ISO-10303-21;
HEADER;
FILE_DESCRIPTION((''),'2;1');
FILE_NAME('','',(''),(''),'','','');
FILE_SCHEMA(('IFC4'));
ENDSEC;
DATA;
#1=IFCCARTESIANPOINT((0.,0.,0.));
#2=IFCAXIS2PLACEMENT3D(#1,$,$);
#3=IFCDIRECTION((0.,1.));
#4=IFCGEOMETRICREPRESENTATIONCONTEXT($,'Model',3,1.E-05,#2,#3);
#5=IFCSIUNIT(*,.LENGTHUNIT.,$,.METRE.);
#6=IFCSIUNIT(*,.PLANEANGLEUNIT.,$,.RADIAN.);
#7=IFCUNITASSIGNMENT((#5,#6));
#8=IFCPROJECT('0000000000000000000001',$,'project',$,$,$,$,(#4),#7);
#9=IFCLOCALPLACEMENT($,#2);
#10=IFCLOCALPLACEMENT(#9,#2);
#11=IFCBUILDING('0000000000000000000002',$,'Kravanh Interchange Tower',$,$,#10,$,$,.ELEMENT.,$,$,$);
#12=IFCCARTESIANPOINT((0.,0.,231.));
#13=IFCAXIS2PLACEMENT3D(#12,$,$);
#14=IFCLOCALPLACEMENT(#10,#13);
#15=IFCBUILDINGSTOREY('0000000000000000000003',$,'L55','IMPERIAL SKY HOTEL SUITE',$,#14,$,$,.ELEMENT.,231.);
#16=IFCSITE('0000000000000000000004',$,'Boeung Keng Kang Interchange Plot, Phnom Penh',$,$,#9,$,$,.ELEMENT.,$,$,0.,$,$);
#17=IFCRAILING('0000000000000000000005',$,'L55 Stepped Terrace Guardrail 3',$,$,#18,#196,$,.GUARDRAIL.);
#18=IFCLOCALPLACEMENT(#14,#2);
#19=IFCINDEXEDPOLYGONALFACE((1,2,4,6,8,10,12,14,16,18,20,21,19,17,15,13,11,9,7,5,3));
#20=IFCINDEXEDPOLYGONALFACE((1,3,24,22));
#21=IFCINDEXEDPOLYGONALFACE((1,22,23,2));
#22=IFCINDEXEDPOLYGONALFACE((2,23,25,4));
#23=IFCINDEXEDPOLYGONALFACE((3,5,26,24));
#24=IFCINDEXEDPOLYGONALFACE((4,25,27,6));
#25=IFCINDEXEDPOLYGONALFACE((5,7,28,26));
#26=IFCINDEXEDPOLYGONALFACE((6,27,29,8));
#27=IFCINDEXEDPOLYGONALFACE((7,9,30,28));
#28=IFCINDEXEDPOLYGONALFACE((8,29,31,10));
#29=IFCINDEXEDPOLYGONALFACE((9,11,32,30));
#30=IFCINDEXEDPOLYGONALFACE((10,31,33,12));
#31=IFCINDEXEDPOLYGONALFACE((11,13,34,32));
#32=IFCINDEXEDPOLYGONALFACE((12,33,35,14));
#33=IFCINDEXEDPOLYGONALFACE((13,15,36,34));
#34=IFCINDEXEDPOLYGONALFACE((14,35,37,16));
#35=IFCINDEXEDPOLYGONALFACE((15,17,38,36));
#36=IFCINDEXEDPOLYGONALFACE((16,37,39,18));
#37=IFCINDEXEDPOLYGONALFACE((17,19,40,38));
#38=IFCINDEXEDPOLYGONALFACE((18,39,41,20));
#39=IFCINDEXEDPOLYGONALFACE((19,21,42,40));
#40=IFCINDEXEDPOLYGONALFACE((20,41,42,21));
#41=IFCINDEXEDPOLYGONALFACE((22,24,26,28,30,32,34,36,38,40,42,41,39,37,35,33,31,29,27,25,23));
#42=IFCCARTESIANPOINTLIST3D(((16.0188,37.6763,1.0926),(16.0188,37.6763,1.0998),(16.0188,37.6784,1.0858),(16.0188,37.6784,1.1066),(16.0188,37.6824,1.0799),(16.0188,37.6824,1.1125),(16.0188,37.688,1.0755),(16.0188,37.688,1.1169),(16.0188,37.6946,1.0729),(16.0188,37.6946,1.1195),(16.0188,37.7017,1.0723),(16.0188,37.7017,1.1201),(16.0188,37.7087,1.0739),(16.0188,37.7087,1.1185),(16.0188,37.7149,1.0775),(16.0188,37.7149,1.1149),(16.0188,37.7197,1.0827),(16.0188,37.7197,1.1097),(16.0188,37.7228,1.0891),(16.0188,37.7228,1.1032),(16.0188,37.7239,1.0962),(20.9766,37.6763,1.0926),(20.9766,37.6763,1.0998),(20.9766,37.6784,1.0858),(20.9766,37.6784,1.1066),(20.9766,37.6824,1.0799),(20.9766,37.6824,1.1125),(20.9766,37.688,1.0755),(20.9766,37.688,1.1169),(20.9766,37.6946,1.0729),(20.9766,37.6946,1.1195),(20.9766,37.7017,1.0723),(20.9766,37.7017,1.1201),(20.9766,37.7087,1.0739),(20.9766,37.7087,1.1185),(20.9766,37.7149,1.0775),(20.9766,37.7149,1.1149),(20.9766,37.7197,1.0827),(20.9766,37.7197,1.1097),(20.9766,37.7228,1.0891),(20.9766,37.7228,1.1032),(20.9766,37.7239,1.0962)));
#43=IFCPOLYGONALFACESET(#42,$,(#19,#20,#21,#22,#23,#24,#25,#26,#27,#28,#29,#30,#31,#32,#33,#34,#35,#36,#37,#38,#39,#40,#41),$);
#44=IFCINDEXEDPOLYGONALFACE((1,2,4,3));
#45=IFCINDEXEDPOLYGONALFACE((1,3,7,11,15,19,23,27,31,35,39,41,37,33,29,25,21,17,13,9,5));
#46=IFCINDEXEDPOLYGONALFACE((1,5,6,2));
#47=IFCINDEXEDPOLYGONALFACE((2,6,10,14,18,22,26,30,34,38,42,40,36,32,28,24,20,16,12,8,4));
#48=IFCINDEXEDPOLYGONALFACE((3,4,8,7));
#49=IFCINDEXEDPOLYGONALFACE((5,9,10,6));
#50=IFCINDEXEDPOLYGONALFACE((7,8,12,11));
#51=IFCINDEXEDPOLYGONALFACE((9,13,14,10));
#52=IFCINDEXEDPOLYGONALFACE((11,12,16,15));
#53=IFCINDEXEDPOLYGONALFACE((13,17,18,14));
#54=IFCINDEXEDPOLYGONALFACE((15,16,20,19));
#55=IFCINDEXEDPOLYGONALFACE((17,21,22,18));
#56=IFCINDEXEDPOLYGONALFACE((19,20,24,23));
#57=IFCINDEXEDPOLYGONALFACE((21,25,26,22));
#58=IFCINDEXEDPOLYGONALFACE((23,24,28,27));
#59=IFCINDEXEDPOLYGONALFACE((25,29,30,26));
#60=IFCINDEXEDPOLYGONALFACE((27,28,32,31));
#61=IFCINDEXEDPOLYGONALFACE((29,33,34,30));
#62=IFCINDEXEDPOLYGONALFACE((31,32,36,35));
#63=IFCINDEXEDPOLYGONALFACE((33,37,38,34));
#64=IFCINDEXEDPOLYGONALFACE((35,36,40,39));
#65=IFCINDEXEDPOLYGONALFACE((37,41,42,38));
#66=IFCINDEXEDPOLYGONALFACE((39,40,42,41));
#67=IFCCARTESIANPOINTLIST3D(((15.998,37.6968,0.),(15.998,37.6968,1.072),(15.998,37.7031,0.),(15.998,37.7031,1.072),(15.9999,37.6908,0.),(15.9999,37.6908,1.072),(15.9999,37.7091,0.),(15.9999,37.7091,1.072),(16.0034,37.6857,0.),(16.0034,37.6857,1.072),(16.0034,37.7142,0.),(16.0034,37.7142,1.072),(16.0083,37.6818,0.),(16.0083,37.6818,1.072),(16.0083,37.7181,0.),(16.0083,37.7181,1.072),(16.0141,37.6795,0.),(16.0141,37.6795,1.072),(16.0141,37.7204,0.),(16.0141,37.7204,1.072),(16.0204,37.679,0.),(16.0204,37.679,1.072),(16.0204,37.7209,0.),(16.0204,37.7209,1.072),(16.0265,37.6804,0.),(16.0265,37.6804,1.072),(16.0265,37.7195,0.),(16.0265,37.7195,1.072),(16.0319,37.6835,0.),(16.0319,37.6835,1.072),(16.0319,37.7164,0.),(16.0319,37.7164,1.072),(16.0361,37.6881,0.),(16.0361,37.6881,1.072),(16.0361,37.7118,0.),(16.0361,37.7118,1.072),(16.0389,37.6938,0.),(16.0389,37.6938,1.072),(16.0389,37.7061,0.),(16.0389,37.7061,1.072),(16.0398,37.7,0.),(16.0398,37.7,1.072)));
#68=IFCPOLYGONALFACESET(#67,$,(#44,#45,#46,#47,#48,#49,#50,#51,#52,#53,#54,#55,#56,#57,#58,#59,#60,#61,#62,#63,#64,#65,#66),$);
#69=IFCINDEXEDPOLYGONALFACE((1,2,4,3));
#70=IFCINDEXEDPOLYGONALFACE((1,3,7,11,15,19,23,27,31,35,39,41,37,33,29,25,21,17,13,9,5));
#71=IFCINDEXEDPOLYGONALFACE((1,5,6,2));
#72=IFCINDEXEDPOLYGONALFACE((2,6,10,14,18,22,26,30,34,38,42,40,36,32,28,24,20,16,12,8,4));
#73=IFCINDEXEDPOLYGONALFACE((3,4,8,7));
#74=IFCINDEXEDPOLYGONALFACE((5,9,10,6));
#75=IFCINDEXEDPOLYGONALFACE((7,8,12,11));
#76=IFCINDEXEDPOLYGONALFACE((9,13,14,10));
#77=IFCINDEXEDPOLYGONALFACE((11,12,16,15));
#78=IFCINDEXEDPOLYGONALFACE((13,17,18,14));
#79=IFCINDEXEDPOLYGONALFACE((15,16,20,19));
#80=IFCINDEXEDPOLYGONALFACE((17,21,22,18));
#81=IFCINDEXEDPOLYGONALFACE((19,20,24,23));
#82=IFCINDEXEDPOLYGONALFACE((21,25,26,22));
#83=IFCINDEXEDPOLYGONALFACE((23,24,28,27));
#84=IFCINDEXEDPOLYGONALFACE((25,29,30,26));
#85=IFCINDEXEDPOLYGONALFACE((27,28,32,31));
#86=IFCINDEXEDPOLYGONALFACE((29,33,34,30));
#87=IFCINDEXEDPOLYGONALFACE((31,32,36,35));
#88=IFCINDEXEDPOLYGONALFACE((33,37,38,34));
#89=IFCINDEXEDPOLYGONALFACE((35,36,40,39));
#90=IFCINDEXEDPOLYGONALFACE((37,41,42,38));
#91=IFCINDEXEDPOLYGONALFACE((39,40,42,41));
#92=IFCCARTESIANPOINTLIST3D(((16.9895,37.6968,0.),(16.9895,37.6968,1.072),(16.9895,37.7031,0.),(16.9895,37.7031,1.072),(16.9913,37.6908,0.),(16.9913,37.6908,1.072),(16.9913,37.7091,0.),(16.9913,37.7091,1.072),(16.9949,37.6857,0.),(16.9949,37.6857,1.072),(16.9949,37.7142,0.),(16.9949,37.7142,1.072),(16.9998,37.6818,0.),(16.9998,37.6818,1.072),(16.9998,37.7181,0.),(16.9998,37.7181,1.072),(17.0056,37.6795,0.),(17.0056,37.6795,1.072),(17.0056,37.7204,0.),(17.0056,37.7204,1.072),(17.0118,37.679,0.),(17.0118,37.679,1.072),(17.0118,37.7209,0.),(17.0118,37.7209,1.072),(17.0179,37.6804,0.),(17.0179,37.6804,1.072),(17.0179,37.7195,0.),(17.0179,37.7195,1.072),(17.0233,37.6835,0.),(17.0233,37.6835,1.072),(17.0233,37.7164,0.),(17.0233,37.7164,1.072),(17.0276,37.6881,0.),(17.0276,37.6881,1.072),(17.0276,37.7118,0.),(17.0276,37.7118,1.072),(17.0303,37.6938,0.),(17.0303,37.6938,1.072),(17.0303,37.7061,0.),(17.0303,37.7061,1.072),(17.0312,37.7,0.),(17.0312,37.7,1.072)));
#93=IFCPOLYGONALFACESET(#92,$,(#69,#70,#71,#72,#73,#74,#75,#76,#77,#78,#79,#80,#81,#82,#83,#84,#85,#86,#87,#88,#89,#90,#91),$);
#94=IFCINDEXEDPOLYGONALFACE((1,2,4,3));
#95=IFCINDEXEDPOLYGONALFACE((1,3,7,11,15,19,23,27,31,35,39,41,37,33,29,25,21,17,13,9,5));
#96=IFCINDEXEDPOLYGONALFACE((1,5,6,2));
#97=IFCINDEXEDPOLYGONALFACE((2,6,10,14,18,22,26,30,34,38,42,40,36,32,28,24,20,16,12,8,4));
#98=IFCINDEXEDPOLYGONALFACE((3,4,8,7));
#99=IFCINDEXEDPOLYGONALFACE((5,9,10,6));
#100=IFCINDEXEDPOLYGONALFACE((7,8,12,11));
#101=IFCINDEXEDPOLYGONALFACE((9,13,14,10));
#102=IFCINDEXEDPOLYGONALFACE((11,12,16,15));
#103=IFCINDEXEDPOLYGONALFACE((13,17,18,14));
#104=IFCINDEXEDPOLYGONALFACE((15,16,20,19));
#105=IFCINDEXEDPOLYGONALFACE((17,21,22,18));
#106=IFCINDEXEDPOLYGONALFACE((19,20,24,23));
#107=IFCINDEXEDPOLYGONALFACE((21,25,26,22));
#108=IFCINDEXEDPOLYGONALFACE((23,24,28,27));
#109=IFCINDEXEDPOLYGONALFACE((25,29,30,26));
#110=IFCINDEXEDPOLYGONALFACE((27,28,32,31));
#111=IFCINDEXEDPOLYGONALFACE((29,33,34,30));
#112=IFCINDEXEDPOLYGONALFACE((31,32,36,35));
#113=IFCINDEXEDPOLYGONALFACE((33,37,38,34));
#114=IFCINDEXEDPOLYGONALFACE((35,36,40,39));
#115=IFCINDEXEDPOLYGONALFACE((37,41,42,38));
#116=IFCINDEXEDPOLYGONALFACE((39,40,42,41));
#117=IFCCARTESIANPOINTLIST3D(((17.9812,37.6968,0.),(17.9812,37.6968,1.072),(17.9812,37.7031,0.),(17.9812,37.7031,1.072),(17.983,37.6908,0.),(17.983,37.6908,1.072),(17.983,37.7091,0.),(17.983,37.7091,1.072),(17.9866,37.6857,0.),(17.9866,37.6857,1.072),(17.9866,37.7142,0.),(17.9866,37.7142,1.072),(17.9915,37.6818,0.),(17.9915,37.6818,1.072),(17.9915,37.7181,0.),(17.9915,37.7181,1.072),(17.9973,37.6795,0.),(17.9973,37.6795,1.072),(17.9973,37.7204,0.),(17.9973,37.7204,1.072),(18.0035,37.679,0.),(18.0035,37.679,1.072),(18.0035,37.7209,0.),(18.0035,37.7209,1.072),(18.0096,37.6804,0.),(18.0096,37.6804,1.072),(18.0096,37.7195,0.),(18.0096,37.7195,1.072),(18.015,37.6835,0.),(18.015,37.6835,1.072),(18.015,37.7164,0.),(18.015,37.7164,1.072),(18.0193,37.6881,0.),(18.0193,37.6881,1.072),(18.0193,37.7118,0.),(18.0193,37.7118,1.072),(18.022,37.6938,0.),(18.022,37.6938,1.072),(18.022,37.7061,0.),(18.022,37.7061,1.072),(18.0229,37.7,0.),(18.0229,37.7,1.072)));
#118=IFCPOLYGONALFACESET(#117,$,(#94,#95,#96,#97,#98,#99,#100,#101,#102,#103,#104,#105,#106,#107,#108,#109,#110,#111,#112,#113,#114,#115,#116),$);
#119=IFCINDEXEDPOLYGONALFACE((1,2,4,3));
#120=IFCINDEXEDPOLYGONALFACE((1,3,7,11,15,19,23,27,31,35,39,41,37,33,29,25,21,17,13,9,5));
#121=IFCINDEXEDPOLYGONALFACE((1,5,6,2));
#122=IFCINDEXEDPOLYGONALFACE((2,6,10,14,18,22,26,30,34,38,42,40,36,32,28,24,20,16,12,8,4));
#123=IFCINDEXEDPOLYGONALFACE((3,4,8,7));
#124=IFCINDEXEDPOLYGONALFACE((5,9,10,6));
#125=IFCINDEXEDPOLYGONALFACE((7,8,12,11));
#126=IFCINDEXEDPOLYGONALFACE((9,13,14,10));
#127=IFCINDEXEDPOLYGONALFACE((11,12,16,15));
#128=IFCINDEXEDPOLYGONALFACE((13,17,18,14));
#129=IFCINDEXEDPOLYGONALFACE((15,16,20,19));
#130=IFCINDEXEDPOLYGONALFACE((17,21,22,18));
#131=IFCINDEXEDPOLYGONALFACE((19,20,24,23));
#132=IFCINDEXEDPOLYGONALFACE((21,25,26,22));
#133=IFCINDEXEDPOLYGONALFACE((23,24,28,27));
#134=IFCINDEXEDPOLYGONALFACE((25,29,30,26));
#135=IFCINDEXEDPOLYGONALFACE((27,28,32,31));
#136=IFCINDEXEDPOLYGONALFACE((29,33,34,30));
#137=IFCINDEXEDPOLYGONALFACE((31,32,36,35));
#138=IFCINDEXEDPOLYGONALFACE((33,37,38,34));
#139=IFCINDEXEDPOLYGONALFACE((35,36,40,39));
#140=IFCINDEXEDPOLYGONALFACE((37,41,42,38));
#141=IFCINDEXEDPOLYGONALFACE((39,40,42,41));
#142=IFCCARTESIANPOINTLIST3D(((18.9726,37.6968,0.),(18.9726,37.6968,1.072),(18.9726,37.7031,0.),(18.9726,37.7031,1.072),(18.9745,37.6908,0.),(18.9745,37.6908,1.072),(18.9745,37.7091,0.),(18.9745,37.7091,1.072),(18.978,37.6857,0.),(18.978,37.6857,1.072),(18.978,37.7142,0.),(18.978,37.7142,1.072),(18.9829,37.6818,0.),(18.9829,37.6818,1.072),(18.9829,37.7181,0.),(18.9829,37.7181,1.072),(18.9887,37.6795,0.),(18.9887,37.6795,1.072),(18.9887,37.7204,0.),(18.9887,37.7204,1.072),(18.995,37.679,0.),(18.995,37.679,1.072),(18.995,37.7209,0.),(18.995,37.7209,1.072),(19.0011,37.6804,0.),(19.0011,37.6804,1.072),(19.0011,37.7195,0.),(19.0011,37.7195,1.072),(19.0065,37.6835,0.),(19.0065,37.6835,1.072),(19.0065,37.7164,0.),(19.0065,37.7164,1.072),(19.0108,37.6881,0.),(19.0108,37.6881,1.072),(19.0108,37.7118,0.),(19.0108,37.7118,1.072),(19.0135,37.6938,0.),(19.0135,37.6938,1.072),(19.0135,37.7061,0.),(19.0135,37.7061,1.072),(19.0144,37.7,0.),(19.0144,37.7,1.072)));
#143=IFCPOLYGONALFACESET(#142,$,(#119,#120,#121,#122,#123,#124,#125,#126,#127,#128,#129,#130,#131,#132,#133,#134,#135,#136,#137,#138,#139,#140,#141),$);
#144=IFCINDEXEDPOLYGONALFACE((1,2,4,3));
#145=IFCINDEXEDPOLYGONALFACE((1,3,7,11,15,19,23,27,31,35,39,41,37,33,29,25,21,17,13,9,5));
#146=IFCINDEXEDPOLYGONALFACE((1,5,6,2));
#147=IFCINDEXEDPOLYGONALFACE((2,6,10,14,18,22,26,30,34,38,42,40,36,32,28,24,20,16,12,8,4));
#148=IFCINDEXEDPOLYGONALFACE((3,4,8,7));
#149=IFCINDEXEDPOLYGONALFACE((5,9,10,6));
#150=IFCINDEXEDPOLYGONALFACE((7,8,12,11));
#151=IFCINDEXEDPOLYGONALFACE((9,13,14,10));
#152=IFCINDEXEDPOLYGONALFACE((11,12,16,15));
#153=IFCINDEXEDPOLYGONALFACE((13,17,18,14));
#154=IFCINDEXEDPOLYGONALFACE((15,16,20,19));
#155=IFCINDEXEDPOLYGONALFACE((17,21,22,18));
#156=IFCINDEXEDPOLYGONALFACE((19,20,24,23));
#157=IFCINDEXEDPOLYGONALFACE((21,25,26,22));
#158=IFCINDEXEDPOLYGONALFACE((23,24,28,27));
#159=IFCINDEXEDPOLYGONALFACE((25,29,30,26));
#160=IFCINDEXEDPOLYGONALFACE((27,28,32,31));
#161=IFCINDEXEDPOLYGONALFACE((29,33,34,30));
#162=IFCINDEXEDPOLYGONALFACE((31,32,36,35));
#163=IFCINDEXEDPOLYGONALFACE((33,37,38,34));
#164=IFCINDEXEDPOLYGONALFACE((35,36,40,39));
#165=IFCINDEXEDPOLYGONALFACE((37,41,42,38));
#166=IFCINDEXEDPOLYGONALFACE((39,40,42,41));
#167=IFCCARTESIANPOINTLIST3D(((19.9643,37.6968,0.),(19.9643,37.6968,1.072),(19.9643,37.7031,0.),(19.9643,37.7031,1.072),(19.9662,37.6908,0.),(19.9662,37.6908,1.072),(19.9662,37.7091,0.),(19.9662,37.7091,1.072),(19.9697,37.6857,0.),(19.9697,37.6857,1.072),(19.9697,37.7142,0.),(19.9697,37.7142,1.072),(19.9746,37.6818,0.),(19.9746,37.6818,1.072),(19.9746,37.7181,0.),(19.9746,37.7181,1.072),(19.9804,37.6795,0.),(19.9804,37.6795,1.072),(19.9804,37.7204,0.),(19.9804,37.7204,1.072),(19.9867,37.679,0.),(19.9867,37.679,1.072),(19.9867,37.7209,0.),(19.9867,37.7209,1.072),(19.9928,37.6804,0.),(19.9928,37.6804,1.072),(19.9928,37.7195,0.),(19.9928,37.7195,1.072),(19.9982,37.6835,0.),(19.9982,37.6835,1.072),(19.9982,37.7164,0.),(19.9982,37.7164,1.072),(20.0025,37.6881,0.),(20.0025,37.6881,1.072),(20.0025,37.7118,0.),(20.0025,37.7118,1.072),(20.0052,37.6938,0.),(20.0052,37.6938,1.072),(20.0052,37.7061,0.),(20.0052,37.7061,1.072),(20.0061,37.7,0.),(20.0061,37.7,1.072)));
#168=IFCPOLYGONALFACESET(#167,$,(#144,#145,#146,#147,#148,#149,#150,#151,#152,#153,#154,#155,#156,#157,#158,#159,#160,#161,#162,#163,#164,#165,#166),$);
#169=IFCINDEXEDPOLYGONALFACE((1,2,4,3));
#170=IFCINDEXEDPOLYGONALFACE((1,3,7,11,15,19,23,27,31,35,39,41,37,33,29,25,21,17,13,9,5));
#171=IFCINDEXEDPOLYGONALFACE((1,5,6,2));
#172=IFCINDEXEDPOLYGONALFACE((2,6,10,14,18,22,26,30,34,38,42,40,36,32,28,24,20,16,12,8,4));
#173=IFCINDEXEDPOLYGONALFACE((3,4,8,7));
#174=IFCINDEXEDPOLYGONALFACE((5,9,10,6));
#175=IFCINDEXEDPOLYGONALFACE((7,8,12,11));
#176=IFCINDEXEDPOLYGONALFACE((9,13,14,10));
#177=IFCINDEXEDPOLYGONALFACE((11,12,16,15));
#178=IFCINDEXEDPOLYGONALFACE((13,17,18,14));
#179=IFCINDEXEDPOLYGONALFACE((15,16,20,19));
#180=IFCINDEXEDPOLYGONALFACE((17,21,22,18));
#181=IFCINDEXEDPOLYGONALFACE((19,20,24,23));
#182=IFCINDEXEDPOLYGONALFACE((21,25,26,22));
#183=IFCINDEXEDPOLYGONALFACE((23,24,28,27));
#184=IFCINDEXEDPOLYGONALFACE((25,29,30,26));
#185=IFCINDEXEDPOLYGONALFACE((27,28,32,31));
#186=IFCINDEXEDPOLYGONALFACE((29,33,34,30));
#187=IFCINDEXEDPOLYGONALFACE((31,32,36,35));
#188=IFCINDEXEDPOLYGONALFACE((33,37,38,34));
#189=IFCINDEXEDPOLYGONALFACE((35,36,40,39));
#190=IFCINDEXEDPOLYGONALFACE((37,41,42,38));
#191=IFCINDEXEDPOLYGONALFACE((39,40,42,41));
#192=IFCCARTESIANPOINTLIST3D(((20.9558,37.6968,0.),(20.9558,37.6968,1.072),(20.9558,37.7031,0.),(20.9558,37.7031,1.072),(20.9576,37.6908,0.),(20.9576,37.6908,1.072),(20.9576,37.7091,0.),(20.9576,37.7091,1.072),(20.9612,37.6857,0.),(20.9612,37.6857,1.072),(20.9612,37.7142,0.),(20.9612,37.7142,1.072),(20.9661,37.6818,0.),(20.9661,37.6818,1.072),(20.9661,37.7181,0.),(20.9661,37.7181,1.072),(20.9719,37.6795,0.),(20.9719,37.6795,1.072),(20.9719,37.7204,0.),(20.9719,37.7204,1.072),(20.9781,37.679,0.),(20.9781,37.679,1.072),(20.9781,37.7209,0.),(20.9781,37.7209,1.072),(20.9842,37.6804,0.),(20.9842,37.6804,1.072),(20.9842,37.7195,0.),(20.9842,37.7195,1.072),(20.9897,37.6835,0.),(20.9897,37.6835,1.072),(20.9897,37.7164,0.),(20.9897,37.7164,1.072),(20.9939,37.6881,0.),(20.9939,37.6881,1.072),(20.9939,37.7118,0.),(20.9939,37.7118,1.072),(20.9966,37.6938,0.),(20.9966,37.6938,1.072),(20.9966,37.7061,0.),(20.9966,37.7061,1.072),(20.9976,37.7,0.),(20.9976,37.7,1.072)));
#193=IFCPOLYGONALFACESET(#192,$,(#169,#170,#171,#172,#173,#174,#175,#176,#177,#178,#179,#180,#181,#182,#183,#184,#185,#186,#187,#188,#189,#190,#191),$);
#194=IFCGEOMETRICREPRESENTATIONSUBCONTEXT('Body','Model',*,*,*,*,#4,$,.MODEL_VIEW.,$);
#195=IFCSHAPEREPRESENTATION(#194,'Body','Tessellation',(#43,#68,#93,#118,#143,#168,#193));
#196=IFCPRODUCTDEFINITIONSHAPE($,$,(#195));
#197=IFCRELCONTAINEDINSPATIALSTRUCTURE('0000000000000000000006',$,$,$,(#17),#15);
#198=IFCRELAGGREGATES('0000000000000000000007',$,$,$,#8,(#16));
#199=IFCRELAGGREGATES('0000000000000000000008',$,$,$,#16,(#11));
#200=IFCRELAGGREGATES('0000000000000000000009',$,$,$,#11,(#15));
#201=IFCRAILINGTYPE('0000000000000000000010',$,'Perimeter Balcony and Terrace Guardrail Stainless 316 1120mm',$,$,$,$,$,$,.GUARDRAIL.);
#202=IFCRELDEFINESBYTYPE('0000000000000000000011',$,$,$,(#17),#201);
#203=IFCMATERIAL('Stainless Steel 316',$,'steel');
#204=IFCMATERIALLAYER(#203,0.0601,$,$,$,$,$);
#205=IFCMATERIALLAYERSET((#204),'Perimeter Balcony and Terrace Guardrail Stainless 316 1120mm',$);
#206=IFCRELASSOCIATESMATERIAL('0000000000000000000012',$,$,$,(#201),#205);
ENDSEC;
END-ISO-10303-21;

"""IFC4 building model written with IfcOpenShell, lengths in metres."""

from ifc_helpers import new_model, si_unit, direction, frame, origin, origin_2d, place, context, subcontext, project, spatial, circle, extrude, material, layer, layer_set, type_object, element, save


model = new_model("IFC4")

# Units and contexts
model_context = context("Model", 3, precision=1e-05, world=origin(), true_north=direction((0.0, 1.0)))
body_context = subcontext(model_context, "Body", "Model", "MODEL_VIEW")
ifc_project = project(units=[si_unit("LENGTHUNIT", "METRE"), si_unit("PLANEANGLEUNIT", "RADIAN")], contexts=[model_context])

# Site, building, storey
site_placement = place(None, origin())
site = spatial("IfcSite", under=ifc_project, at=site_placement, Name="Boeung Keng Kang Interchange Plot, Phnom Penh", CompositionType="ELEMENT", RefElevation=0.0)
building_placement = place(site_placement, origin())
building = spatial("IfcBuilding", under=site, at=building_placement, Name="Kravanh Interchange Tower", CompositionType="ELEMENT")
storey_placement = place(building_placement, frame((0.0, 0.0, 231.0)))
storey = spatial("IfcBuildingStorey", under=building, at=storey_placement, Name="L55", Description="IMPERIAL SKY HOTEL SUITE", CompositionType="ELEMENT", Elevation=231.0)

# Railing
ifc_material_1 = material(Name="Stainless Steel 316", Category="steel")
ifc_layer_1 = layer(ifc_material_1, 0.0601)
ifc_layer_set_1 = layer_set([ifc_layer_1], Name="Perimeter Balcony and Terrace Guardrail Stainless 316 1120mm")
railing_type = type_object("IfcRailingType", Name="Perimeter Balcony and Terrace Guardrail Stainless 316 1120mm", PredefinedType="GUARDRAIL", material=ifc_layer_set_1)
railing_placement = place(storey_placement, frame((16.0188, 37.7, 0.0)))
element("IfcRailing", 1, at=railing_placement, inside=storey, type_object=railing_type, Name="L55 Stepped Terrace Guardrail 3", PredefinedType="GUARDRAIL", context=body_context, shape_type="SweptSolid", body=[
    extrude(circle(Radius=0.0239, at=origin_2d()), frame((0.0, 0.0, 1.0962), z_axis=(1.0, 0.0, 0.0), x_axis=(0.0, 1.0, 0.0)), (0.0, 0.0, 1.0), 4.9578),
    extrude(circle(Radius=0.021, at=origin_2d()), origin(), (0.0, 0.0, 1.0), 1.072),
    extrude(circle(Radius=0.021, at=origin_2d()), frame((0.9915, 0.0, 0.0)), (0.0, 0.0, 1.0), 1.072),
    extrude(circle(Radius=0.021, at=origin_2d()), frame((1.9832, 0.0, 0.0)), (0.0, 0.0, 1.0), 1.072),
    extrude(circle(Radius=0.021, at=origin_2d()), frame((2.9746, 0.0, 0.0)), (0.0, 0.0, 1.0), 1.072),
    extrude(circle(Radius=0.021, at=origin_2d()), frame((3.9663, 0.0, 0.0)), (0.0, 0.0, 1.0), 1.072),
    extrude(circle(Radius=0.021, at=origin_2d()), frame((4.9578, 0.0, 0.0)), (0.0, 0.0, 1.0), 1.072),
])

save(model, "model.ifc")
